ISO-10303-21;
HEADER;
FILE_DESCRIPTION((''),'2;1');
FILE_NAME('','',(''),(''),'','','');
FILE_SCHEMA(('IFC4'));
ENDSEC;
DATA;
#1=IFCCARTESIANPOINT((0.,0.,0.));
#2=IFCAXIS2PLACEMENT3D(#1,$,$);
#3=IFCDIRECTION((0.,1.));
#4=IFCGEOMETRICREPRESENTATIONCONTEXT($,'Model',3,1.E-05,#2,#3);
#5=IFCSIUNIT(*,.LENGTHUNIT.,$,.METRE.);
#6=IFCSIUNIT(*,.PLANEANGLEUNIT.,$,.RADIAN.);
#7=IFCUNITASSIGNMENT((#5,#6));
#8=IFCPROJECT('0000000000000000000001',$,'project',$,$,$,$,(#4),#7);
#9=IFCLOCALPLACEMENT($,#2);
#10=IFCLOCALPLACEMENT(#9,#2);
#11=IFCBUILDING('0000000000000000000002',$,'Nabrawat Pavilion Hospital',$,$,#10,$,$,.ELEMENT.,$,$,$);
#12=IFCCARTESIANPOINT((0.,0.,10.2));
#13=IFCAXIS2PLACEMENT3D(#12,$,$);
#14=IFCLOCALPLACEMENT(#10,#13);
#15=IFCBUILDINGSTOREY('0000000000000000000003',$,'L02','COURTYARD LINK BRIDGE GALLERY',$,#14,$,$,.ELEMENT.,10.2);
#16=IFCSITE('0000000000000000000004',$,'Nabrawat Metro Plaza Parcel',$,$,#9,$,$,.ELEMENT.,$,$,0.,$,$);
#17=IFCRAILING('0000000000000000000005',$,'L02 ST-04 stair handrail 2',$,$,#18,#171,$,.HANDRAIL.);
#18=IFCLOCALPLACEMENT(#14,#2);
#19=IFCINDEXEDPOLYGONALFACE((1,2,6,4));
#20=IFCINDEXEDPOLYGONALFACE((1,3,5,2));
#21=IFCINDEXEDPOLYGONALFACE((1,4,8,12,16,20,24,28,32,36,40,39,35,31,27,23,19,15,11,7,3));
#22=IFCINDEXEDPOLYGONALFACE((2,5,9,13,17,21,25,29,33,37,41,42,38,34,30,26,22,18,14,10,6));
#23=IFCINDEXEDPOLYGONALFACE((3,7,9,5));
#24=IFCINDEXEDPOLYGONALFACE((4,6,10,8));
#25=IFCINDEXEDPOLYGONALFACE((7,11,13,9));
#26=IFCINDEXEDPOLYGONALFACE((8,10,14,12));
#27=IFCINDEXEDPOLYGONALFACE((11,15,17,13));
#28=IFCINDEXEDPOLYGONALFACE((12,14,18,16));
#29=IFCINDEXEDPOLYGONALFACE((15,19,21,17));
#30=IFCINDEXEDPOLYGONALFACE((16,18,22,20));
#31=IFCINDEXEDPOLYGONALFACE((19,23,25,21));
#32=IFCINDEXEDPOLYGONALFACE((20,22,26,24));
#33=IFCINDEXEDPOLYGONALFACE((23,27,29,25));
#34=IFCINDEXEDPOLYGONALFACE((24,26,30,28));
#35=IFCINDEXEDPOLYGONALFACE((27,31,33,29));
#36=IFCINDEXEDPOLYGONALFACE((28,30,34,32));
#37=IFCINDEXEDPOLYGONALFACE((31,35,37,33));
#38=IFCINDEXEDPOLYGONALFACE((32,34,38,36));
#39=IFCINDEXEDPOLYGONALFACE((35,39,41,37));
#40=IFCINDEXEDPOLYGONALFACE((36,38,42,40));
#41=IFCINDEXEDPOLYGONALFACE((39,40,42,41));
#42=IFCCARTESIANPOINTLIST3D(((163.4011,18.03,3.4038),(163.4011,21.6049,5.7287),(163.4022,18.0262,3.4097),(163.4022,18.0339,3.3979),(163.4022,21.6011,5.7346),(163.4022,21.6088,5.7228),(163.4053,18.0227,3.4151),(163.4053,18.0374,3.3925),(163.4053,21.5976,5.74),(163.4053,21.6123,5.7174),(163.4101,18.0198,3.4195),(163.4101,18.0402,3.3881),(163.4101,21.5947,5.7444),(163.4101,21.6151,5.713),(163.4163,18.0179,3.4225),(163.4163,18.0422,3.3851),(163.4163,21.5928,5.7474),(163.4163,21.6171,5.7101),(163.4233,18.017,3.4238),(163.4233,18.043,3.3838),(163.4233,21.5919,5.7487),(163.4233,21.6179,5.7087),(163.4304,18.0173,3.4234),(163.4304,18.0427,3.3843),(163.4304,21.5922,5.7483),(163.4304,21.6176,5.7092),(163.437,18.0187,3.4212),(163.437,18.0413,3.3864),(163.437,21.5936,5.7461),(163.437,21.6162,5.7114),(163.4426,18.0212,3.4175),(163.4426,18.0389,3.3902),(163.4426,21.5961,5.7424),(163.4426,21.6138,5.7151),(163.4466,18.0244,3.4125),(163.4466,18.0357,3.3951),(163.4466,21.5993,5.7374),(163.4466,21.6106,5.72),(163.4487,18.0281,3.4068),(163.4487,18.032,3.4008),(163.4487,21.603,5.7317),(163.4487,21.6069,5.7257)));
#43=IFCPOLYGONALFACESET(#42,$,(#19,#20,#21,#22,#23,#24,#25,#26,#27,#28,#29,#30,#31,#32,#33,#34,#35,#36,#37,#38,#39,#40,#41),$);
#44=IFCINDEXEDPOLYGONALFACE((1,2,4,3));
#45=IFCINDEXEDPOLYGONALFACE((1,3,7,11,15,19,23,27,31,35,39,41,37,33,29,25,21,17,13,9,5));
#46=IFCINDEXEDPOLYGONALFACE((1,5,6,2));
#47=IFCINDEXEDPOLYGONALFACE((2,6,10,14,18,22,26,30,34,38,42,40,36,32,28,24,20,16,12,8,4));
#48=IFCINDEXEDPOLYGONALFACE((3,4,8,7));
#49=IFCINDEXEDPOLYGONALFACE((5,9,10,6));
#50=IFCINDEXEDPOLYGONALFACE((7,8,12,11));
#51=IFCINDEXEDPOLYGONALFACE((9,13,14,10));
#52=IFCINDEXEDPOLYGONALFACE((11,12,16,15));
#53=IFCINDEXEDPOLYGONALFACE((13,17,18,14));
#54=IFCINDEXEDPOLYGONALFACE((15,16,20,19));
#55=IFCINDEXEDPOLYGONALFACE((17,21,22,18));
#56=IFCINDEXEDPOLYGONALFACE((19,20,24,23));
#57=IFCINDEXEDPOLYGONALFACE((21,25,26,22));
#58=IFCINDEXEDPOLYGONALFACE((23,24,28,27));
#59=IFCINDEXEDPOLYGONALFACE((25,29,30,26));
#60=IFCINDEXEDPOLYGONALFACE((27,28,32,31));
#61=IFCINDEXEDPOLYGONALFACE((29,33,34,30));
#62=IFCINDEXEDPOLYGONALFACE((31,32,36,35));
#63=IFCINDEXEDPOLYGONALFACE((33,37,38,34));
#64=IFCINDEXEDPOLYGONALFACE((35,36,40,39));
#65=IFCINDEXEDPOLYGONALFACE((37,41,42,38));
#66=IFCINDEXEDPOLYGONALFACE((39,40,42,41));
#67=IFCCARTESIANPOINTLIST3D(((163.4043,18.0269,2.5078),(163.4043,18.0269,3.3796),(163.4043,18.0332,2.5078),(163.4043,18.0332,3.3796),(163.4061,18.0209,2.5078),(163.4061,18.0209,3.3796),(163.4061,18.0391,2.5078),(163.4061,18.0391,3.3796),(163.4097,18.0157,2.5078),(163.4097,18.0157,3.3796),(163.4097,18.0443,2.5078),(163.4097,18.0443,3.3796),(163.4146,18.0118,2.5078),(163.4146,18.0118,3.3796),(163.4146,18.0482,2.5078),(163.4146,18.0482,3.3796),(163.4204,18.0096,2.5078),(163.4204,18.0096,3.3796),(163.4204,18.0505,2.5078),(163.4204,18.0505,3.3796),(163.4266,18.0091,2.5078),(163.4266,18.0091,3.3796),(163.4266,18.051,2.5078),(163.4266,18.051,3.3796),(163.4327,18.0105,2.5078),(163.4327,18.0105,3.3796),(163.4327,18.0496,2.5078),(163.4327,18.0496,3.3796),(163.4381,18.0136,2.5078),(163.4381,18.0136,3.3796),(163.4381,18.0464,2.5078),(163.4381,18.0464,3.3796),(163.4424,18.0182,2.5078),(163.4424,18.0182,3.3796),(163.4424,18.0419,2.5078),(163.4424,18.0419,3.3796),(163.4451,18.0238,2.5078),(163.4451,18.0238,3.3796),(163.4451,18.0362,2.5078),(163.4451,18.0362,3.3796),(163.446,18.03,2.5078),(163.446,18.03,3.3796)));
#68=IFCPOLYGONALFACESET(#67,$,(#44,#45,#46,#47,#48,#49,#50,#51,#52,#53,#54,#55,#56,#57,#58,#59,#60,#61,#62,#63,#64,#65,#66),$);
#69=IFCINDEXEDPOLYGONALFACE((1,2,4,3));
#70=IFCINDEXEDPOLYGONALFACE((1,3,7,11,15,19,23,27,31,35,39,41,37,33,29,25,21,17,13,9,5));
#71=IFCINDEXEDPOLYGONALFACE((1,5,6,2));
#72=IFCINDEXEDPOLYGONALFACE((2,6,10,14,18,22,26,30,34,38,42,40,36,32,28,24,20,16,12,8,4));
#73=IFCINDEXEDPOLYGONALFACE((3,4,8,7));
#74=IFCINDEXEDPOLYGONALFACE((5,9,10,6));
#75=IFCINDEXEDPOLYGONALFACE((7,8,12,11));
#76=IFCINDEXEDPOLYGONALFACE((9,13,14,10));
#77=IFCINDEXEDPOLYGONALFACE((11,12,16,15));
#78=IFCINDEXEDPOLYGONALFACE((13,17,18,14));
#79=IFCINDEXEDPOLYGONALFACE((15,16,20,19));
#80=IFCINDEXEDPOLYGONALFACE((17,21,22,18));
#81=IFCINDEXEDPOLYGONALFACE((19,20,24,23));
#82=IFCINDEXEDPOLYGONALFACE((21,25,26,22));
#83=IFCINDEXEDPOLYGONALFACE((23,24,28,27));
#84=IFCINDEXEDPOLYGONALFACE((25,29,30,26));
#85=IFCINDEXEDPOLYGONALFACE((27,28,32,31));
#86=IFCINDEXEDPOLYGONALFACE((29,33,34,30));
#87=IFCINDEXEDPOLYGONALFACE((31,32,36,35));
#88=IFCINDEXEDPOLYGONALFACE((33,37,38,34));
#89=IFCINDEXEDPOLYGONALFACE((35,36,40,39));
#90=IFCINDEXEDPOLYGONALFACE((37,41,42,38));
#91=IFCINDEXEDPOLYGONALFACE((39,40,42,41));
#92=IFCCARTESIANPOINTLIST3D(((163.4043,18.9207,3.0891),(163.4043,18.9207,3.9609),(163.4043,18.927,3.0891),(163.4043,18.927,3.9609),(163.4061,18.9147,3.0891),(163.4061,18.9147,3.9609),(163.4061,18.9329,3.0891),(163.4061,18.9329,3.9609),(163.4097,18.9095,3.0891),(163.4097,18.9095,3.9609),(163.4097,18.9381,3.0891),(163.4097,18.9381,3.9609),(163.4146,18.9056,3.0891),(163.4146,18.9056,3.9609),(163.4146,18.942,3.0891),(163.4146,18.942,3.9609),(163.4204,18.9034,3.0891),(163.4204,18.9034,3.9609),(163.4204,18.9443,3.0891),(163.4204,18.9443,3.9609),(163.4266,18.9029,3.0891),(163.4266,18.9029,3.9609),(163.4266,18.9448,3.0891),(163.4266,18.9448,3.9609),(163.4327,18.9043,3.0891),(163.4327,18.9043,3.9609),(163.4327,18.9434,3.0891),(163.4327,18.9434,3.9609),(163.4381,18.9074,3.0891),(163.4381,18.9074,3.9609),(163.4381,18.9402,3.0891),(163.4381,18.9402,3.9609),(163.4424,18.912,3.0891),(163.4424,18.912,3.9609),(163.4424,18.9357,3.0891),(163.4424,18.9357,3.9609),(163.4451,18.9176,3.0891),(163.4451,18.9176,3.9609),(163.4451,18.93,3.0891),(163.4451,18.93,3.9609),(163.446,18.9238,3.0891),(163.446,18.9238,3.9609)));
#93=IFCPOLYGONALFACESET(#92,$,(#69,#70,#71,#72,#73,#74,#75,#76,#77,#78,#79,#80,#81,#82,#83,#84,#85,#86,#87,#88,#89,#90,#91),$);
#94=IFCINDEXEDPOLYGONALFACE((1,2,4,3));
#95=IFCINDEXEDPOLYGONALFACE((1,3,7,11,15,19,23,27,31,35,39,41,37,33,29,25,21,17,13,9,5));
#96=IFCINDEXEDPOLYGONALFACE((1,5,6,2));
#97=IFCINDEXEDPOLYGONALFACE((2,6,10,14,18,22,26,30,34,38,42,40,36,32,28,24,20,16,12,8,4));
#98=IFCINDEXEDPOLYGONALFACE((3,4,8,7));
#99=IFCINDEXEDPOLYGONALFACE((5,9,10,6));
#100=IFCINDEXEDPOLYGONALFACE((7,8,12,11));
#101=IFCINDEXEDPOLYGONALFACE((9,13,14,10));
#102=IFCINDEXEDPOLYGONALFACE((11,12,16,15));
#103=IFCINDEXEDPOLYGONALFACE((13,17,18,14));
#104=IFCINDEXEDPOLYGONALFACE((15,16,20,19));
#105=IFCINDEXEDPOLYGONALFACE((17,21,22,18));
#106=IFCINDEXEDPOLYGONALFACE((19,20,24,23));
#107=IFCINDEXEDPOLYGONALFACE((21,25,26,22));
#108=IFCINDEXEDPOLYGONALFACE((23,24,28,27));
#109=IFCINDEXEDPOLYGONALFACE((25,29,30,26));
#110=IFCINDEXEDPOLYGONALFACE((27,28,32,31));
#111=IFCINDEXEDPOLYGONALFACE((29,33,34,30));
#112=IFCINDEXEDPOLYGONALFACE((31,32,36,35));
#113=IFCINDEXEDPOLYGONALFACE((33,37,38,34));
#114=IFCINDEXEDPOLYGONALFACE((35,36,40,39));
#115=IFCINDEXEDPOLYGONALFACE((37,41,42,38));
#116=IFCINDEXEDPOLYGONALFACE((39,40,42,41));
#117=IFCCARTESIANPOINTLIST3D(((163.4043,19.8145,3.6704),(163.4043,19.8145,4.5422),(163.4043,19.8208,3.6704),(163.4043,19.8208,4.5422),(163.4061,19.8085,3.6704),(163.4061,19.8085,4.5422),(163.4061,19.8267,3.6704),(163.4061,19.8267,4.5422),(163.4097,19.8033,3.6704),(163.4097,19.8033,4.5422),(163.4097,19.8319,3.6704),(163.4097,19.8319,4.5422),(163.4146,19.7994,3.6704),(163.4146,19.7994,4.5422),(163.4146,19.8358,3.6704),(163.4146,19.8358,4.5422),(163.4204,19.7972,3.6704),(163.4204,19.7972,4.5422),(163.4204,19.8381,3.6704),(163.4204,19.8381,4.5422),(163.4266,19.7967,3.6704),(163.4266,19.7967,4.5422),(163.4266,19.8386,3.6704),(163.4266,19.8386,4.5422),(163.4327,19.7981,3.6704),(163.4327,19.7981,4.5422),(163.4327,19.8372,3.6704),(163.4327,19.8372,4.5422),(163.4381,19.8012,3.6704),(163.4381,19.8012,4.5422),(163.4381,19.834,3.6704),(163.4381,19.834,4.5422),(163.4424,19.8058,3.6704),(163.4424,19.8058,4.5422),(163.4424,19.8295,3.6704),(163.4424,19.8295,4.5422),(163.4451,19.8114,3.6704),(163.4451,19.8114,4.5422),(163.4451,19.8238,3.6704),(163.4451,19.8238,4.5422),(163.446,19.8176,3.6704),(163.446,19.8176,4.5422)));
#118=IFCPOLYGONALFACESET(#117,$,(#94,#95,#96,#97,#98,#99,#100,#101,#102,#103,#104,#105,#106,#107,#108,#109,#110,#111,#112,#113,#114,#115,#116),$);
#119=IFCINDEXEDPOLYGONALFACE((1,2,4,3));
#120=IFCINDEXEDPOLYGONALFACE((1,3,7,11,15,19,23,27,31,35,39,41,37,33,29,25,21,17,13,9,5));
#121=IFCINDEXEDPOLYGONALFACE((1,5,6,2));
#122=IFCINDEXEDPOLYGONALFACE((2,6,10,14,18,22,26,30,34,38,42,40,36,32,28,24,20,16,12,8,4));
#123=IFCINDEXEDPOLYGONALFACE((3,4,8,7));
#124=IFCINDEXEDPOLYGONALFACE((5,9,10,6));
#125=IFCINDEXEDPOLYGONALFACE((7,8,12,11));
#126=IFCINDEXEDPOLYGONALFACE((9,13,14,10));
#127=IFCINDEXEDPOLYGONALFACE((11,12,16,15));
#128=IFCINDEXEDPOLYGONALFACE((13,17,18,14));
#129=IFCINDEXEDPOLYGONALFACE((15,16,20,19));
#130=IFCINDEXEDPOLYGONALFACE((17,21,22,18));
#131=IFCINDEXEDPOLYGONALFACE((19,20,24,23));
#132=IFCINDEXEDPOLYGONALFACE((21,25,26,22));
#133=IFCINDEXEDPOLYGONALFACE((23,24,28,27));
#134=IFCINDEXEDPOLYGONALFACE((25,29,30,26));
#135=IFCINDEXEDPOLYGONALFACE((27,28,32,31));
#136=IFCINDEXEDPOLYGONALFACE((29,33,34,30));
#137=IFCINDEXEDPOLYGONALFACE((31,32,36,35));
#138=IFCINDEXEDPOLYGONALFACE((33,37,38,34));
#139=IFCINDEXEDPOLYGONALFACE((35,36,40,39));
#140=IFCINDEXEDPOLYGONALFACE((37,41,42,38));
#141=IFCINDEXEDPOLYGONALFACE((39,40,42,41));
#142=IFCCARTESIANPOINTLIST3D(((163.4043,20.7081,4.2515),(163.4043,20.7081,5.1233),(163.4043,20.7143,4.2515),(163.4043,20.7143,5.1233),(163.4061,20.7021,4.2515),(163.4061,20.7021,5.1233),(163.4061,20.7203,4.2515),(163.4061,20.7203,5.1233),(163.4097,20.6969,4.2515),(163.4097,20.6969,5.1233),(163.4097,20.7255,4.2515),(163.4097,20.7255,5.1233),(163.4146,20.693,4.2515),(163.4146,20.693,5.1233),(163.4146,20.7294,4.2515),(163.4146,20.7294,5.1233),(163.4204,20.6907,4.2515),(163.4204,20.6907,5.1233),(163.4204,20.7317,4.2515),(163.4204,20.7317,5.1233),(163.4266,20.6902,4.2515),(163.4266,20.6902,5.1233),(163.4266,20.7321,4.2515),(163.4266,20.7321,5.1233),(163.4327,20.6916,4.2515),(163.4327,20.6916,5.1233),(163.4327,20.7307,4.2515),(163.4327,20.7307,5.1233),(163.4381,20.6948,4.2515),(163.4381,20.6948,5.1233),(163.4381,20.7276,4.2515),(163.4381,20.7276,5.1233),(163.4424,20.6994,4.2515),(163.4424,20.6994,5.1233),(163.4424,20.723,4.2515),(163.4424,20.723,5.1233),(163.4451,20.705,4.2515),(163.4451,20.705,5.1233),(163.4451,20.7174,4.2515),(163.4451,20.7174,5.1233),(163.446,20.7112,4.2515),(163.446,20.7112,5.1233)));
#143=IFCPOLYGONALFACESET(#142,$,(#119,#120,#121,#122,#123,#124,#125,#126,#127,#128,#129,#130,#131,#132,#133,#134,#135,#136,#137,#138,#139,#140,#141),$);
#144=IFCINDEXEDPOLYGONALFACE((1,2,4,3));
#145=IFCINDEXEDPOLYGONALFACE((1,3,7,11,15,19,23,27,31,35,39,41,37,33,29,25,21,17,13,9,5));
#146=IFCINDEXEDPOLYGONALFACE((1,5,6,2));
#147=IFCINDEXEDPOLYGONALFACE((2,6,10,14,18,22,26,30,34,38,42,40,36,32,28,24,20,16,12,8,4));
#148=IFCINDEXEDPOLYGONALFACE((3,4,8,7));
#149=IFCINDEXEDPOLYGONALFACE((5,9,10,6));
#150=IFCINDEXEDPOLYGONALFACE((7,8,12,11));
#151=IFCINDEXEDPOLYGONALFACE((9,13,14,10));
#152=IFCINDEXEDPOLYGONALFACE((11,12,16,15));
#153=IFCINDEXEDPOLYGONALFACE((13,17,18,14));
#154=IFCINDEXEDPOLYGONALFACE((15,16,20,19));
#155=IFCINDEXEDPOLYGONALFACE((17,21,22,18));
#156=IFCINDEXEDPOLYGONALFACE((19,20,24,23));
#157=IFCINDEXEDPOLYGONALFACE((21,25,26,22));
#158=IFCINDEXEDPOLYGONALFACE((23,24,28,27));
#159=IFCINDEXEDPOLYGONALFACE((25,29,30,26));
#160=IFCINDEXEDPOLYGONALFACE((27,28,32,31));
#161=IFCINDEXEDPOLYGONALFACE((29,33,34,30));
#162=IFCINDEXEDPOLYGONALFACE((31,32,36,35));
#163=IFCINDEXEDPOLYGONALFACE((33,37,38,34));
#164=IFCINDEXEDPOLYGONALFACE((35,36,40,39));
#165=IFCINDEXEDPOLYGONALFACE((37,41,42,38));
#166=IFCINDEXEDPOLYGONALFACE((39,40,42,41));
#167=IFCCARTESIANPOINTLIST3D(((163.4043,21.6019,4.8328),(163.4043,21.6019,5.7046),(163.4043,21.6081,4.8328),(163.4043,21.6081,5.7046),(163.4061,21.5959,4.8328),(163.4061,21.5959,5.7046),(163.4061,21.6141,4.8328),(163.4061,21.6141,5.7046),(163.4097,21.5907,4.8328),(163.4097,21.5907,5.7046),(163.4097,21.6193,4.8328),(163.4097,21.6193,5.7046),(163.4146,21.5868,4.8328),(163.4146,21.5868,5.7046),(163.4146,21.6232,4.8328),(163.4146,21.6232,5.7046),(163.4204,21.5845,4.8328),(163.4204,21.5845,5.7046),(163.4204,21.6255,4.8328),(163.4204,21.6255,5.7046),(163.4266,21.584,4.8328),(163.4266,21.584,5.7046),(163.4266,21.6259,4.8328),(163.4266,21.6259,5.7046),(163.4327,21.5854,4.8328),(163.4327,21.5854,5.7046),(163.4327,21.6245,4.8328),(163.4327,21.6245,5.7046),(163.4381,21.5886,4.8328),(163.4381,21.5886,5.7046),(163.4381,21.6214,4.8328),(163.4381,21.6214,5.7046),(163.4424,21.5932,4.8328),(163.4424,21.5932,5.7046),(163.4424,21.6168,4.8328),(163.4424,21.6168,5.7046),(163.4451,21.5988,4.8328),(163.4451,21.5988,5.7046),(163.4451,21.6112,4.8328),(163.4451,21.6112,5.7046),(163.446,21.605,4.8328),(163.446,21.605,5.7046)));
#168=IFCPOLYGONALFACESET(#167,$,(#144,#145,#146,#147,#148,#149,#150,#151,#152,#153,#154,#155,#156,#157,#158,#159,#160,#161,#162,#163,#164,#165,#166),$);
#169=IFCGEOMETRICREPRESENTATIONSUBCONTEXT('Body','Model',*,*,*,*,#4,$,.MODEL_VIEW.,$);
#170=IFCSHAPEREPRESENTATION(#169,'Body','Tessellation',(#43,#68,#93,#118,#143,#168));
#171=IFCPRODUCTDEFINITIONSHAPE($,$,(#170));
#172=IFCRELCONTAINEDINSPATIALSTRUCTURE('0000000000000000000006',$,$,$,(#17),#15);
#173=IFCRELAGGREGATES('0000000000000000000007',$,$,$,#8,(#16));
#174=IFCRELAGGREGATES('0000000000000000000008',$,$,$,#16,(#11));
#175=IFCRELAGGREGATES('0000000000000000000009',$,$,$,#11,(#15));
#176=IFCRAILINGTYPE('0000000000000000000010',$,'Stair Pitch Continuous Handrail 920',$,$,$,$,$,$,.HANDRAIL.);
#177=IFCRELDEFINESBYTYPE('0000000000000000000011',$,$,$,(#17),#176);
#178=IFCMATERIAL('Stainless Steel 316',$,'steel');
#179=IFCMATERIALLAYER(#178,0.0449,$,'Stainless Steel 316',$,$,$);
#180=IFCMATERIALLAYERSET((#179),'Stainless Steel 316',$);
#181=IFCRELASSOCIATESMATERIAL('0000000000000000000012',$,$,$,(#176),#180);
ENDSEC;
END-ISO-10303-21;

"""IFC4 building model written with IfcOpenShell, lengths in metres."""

from ifc_helpers import new_model, si_unit, direction, frame, origin, origin_2d, place, context, subcontext, project, spatial, circle, extrude, material, layer, layer_set, type_object, element, save


model = new_model("IFC4")

# Units and contexts
model_context = context("Model", 3, precision=1e-05, world=origin(), true_north=direction((0.0, 1.0)))
body_context = subcontext(model_context, "Body", "Model", "MODEL_VIEW")
ifc_project = project(units=[si_unit("LENGTHUNIT", "METRE"), si_unit("PLANEANGLEUNIT", "RADIAN")], contexts=[model_context])

# Site, building, storey
site_placement = place(None, origin())
site = spatial("IfcSite", under=ifc_project, at=site_placement, Name="Nabrawat Metro Plaza Parcel", CompositionType="ELEMENT", RefElevation=0.0)
building_placement = place(site_placement, origin())
building = spatial("IfcBuilding", under=site, at=building_placement, Name="Nabrawat Pavilion Hospital", CompositionType="ELEMENT")
storey_placement = place(building_placement, frame((0.0, 0.0, 10.2)))
storey = spatial("IfcBuildingStorey", under=building, at=storey_placement, Name="L02", Description="COURTYARD LINK BRIDGE GALLERY", CompositionType="ELEMENT", Elevation=10.2)

# Railing
ifc_material_1 = material(Name="Stainless Steel 316", Category="steel")
ifc_layer_1 = layer(ifc_material_1, 0.0449, Name="Stainless Steel 316")
ifc_layer_set_1 = layer_set([ifc_layer_1], Name="Stainless Steel 316")
railing_type_1 = type_object("IfcRailingType", Name="Stair Pitch Continuous Handrail 920", PredefinedType="HANDRAIL", material=ifc_layer_set_1)
railing_1_placement = place(storey_placement, frame((163.425, 18.03, 2.5078)))
element("IfcRailing", 1, at=railing_1_placement, inside=storey, type_object=railing_type_1, Name="L02 ST-04 stair handrail 2", PredefinedType="HANDRAIL", context=body_context, shape_type="SweptSolid", body=[
    extrude(circle(Radius=0.0239, at=origin_2d()), frame((0.0, 0.0, 0.896), z_axis=(0.0, 0.838311, 0.545192), x_axis=(-1.0, 0.0, 0.0)), (0.0, 0.0, 1.0), 4.2644),
    extrude(circle(Radius=0.021, at=origin_2d()), origin(), (0.0, 0.0, 1.0), 0.8718),
    extrude(circle(Radius=0.021, at=origin_2d()), frame((0.0, 0.8938, 0.5813)), (0.0, 0.0, 1.0), 0.8718),
    extrude(circle(Radius=0.021, at=origin_2d()), frame((0.0, 1.7876, 1.1626)), (0.0, 0.0, 1.0), 0.8718),
    extrude(circle(Radius=0.021, at=origin_2d()), frame((0.0, 2.6812, 1.7437)), (0.0, 0.0, 1.0), 0.8718),
    extrude(circle(Radius=0.021, at=origin_2d()), frame((0.0, 3.575, 2.325)), (0.0, 0.0, 1.0), 0.8718),
])

save(model, "model.ifc")
